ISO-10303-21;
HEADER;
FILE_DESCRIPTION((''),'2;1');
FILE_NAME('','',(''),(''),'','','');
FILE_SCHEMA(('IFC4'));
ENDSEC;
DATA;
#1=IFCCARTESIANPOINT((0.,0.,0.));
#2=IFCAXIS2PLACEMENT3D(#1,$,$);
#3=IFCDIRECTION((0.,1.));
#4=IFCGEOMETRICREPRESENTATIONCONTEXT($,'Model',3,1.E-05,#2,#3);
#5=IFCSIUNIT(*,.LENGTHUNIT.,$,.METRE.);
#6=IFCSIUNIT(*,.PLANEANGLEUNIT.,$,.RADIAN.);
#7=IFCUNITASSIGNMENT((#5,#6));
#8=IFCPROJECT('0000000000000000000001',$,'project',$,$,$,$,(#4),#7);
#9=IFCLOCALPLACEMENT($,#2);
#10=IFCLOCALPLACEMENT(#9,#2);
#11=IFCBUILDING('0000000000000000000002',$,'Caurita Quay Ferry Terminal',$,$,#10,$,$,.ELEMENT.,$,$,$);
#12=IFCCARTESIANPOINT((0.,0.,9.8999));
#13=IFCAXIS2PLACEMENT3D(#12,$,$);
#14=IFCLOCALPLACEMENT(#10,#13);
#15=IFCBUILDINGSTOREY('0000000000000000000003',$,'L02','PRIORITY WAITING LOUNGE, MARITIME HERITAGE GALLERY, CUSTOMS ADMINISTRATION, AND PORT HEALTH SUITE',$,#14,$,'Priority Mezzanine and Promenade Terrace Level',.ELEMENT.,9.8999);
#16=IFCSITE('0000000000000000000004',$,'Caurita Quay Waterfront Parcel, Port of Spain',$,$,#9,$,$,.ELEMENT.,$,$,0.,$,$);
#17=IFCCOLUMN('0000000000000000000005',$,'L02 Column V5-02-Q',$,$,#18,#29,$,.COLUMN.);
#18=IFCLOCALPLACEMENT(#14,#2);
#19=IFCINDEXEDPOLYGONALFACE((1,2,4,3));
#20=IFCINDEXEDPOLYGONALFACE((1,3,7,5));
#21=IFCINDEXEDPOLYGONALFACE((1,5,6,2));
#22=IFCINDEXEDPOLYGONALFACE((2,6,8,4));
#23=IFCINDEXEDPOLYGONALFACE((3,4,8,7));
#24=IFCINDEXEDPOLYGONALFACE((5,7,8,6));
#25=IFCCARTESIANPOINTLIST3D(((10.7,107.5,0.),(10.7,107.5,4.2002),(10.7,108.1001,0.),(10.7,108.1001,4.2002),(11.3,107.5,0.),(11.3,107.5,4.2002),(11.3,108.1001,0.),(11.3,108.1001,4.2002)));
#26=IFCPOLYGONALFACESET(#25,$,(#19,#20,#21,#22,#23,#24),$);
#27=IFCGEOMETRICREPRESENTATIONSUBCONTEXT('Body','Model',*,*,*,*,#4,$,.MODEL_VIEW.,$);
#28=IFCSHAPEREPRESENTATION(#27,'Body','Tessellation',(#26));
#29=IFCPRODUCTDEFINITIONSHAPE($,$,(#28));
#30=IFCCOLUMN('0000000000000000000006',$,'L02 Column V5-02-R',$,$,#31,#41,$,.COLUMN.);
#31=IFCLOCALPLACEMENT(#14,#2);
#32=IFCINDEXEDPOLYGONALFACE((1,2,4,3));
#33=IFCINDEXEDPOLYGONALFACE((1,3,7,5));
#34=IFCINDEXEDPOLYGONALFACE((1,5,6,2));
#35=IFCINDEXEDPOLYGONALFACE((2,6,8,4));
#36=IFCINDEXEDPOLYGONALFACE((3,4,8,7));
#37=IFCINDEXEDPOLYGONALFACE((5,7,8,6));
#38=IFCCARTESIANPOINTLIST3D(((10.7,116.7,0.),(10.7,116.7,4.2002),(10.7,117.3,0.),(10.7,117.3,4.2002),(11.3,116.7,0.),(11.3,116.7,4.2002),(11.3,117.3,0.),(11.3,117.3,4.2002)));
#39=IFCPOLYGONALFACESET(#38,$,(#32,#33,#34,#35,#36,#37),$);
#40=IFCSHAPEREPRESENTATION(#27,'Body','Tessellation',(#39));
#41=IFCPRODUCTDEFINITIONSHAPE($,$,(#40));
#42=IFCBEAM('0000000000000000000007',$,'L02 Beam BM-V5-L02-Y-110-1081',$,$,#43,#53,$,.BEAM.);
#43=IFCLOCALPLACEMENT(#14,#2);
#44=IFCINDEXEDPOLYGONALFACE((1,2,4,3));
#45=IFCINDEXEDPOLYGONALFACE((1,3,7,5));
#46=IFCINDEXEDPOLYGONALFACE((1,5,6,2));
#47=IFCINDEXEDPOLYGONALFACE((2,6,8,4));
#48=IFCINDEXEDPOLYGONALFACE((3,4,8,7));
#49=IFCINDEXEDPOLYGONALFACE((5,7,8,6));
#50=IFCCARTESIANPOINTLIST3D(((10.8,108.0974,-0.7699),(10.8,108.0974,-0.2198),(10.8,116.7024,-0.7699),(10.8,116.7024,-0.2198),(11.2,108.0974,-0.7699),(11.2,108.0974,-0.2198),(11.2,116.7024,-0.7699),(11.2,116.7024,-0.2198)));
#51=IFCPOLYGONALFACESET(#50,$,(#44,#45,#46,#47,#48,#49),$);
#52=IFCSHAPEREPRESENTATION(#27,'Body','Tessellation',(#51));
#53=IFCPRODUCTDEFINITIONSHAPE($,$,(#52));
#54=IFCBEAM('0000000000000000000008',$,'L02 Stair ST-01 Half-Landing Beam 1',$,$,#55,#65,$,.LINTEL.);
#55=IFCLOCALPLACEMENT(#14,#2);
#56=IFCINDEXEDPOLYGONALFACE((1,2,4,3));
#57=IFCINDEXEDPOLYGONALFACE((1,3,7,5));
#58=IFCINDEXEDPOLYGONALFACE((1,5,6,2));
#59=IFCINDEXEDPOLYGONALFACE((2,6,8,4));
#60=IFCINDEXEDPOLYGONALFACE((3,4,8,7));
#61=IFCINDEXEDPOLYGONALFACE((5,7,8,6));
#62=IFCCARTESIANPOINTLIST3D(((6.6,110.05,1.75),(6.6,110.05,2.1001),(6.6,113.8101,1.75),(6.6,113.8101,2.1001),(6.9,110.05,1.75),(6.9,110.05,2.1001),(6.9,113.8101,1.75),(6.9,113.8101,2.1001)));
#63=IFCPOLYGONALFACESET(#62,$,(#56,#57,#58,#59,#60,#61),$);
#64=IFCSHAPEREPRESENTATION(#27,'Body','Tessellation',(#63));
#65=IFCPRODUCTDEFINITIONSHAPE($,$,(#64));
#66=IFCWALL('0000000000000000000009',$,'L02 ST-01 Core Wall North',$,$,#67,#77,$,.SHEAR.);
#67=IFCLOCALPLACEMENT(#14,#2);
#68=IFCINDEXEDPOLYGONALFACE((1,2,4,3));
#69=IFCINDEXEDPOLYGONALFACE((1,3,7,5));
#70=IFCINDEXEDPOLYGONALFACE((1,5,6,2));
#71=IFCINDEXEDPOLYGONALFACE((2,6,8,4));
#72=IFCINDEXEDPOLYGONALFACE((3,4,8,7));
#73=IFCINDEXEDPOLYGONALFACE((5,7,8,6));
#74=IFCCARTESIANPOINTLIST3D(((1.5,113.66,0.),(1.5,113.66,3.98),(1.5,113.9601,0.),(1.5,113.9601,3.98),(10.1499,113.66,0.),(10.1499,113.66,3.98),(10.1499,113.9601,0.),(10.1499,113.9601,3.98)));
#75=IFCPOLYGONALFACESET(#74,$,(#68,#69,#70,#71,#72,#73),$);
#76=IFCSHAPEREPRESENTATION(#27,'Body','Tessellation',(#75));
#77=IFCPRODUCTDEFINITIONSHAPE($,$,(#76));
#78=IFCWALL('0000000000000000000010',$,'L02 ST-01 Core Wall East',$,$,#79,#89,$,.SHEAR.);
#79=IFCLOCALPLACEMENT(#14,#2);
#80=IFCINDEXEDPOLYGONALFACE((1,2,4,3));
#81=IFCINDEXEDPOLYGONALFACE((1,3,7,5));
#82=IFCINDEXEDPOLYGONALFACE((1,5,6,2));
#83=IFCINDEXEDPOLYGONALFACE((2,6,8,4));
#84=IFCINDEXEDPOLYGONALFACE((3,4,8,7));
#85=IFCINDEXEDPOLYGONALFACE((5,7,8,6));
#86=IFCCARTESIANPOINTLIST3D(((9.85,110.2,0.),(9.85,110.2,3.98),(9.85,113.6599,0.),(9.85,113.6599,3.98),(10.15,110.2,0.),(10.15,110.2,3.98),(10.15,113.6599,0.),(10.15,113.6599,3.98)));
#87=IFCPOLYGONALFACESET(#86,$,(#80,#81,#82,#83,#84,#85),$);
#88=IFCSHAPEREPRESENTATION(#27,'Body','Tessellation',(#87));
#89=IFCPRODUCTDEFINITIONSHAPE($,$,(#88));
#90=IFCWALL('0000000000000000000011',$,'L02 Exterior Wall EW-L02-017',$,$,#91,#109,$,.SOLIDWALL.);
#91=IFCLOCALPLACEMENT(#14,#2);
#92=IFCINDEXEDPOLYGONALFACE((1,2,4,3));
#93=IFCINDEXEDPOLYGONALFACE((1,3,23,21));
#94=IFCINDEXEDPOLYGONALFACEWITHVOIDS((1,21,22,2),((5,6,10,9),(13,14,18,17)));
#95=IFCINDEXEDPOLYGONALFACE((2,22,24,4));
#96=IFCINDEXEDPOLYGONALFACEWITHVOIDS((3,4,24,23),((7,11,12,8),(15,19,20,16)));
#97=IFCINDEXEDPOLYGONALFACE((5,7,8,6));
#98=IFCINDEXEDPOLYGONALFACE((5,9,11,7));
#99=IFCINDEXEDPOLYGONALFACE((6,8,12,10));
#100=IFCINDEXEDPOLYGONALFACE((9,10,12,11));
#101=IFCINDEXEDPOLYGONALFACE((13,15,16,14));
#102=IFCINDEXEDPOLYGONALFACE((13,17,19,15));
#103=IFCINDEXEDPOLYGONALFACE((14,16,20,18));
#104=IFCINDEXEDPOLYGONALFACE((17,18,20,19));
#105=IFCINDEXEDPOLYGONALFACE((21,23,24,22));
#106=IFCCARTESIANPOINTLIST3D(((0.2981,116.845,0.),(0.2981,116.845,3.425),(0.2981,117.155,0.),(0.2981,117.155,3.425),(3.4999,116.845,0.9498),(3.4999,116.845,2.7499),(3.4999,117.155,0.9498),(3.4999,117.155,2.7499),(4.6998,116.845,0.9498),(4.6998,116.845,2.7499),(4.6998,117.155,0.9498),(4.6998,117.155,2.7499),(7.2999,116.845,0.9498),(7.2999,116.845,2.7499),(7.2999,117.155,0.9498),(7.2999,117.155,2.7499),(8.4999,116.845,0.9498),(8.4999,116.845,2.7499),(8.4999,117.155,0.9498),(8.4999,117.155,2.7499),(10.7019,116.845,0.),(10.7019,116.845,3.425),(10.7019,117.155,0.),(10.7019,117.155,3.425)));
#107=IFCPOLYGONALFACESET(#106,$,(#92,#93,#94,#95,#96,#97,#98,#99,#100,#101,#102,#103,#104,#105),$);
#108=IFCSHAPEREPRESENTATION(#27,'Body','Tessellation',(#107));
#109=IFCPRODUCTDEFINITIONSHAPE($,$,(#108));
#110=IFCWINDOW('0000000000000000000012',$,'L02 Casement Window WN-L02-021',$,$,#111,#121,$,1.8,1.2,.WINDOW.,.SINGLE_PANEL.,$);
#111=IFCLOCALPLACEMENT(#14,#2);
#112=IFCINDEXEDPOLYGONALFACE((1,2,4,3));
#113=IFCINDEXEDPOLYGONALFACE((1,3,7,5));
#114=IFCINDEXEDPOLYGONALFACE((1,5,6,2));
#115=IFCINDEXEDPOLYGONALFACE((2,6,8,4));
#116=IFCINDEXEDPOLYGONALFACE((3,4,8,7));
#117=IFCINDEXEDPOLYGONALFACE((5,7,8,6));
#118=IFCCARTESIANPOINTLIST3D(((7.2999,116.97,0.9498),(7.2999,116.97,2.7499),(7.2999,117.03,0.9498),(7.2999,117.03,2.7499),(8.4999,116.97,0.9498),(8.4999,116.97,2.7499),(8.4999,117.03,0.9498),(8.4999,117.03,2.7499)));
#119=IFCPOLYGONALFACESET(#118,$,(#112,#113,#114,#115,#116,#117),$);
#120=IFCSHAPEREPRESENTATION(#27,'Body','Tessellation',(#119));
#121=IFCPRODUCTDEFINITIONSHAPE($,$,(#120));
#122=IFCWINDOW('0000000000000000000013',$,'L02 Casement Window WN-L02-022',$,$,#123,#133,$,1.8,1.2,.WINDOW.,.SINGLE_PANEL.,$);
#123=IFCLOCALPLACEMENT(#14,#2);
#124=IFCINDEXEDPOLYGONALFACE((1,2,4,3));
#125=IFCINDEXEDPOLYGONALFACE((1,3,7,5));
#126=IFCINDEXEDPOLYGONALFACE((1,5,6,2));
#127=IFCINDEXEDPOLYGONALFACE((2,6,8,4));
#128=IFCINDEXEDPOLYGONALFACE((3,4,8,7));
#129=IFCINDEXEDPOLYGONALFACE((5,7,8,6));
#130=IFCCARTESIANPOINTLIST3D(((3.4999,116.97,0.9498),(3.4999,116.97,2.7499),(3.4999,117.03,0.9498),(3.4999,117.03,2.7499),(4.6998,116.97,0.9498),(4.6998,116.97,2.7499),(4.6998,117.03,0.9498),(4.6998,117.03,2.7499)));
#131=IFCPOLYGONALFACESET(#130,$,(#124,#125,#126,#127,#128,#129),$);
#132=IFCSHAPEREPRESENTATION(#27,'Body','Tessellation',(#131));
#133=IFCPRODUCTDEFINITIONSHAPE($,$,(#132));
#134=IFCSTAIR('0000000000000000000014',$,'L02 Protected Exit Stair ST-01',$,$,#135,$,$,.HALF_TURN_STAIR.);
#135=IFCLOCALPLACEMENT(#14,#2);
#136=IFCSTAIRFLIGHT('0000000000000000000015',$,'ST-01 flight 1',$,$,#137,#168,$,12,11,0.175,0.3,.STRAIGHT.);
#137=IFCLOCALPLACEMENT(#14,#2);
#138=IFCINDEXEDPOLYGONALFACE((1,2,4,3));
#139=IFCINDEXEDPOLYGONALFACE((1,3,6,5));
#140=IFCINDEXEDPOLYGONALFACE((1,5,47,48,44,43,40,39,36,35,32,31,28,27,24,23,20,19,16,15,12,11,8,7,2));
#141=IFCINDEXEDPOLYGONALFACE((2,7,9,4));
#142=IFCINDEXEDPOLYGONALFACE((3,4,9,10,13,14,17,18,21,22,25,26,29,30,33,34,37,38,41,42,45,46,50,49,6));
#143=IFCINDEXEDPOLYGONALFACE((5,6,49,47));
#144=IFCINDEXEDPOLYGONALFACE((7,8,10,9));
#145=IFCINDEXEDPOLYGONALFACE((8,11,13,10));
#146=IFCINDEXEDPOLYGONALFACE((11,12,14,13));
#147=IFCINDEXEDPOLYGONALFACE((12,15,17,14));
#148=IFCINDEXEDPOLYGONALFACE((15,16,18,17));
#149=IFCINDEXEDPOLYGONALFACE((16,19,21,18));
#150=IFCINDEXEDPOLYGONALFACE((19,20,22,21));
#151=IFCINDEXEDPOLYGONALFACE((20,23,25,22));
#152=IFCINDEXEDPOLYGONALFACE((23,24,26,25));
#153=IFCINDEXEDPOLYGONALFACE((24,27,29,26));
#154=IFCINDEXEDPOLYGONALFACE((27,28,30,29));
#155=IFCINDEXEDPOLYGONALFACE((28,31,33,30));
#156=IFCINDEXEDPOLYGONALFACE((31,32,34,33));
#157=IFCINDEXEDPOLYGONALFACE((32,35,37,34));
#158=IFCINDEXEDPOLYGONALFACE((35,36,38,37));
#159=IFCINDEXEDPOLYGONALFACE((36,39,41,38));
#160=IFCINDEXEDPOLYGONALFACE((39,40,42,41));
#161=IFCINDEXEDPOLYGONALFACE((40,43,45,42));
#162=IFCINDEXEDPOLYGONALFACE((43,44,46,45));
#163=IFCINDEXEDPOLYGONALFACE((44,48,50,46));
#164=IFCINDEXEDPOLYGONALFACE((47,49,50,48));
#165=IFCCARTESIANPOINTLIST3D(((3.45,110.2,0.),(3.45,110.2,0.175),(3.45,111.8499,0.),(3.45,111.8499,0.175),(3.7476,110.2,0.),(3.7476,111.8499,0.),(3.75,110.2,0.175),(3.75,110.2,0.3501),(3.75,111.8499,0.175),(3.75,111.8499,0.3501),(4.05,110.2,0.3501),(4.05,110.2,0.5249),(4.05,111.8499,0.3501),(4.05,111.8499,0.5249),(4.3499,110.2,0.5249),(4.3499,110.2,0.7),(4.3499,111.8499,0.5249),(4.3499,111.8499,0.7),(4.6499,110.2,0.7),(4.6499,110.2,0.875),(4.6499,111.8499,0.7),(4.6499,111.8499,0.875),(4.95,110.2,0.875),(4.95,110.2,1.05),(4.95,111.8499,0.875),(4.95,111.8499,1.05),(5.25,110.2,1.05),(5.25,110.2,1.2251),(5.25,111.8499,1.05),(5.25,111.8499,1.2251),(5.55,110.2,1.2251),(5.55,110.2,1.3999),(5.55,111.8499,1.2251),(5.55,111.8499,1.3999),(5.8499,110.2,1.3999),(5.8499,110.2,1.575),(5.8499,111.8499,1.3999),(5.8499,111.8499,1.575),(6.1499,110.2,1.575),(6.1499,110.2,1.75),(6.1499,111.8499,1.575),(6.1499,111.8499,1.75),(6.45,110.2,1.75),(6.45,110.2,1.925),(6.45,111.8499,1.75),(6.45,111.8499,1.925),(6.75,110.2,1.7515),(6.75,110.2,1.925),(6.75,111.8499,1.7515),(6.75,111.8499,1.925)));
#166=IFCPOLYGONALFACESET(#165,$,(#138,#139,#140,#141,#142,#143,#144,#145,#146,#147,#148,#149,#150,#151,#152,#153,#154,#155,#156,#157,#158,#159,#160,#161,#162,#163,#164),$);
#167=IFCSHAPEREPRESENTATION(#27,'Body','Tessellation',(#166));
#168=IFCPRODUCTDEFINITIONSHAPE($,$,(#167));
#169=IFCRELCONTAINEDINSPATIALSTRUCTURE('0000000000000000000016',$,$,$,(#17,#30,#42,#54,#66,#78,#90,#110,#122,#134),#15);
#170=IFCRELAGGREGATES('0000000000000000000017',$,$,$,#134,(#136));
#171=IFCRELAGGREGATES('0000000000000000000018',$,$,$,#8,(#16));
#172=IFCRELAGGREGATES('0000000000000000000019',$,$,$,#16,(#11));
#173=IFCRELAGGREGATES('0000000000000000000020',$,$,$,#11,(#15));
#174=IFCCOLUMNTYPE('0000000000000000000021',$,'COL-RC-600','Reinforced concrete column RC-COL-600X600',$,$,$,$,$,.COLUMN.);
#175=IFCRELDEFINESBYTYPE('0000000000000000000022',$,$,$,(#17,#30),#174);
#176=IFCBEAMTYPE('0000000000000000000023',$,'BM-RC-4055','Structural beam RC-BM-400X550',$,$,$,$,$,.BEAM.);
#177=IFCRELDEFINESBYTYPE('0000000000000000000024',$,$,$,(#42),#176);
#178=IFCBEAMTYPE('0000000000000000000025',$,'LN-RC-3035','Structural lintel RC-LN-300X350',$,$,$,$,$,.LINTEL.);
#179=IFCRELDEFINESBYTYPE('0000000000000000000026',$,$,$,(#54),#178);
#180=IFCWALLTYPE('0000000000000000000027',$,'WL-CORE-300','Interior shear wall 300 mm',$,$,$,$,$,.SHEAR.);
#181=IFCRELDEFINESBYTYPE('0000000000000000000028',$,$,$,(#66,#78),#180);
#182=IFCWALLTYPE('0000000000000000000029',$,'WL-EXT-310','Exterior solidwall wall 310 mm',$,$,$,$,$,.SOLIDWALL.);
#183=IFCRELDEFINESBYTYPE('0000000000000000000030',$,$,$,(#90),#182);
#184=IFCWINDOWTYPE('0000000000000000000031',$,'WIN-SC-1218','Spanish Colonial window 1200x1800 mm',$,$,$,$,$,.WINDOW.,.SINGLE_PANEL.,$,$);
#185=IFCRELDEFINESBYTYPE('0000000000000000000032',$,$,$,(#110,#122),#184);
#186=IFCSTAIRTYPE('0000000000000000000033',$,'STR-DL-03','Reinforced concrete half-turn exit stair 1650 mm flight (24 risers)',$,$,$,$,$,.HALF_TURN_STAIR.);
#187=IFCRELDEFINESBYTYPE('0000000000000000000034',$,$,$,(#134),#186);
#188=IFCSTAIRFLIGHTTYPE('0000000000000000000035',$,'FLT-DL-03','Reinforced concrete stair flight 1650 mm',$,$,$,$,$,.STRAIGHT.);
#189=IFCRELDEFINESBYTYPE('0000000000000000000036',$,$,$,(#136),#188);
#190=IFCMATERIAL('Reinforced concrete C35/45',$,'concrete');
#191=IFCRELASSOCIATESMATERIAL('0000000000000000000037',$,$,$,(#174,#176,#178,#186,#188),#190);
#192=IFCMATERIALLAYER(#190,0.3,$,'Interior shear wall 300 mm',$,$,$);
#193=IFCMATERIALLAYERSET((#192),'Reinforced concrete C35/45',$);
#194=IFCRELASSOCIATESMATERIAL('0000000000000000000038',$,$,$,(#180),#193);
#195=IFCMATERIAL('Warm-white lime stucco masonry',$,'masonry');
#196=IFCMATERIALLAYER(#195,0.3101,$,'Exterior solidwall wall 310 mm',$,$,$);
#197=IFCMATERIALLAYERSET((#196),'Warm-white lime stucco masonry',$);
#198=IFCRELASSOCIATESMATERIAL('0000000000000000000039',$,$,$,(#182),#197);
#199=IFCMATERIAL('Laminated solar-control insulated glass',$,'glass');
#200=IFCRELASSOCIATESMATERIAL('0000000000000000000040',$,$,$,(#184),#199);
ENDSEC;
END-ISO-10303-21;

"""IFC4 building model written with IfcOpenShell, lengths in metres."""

from ifc_helpers import new_model, si_unit, direction, frame, frame_2d, origin, origin_2d, place, context, subcontext, project, spatial, polyline, rectangle, outline, extrude, material, layer, layer_set, material_profile, profile_set, type_object, element, fill, aggregate, save


model = new_model("IFC4")

# Units and contexts
model_context = context("Model", 3, precision=1e-05, world=origin(), true_north=direction((0.0, 1.0)))
body_context = subcontext(model_context, "Body", "Model", "MODEL_VIEW")
ifc_project = project(units=[si_unit("LENGTHUNIT", "METRE"), si_unit("PLANEANGLEUNIT", "RADIAN")], contexts=[model_context])

# Site, building, storey
site_placement = place(None, origin())
site = spatial("IfcSite", under=ifc_project, at=site_placement, Name="Caurita Quay Waterfront Parcel, Port of Spain", CompositionType="ELEMENT", RefElevation=0.0)
building_placement = place(site_placement, origin())
building = spatial("IfcBuilding", under=site, at=building_placement, Name="Caurita Quay Ferry Terminal", CompositionType="ELEMENT")
storey_placement = place(building_placement, frame((0.0, 0.0, 9.8999)))
storey = spatial("IfcBuildingStorey", under=building, at=storey_placement, Name="L02", Description="PRIORITY WAITING LOUNGE, MARITIME HERITAGE GALLERY, CUSTOMS ADMINISTRATION, AND PORT HEALTH SUITE", LongName="Priority Mezzanine and Promenade Terrace Level", CompositionType="ELEMENT", Elevation=9.8999)

# Columns
ifc_material_1 = material(Name="Reinforced concrete C35/45", Category="concrete")
ifc_material_profile_1 = material_profile(ifc_material_1, rectangle(XDim=0.6001, YDim=0.6001, at=origin_2d()), Name="RC-COL-600X600")
ifc_profile_set_1 = profile_set([ifc_material_profile_1], Name="Reinforced concrete C35/45")
column_type = type_object("IfcColumnType", Name="COL-RC-600", Description="Reinforced concrete column RC-COL-600X600", PredefinedType="COLUMN", material=ifc_profile_set_1)
for number, where, z_axis, x_axis, name in (
    (1, (11.0, 107.8, 0.0), (0.0, 0.0, 1.0), (1.0, 0.0, 0.0), "L02 Column V5-02-Q"),
    (2, (11.0, 117.0, 0.0), (0.0, 0.0, 1.0), (1.0, 0.0, 0.0), "L02 Column V5-02-R"),
):
    element("IfcColumn", number, at=place(storey_placement, frame(where, z_axis=z_axis, x_axis=x_axis)), inside=storey, type_object=column_type, Name=name, PredefinedType="COLUMN", context=body_context, shape_type="SweptSolid", body=[
        extrude(rectangle(XDim=0.6001, YDim=0.6001, at=origin_2d()), origin(), (0.0, 0.0, 1.0), 4.2002),
    ])

# Beams
ifc_material_profile_2 = material_profile(ifc_material_1, rectangle(XDim=0.3999, YDim=0.55, at=origin_2d()), Name="RC-BM-400X550")
ifc_profile_set_2 = profile_set([ifc_material_profile_2], Name="Reinforced concrete C35/45")
beam_type_1 = type_object("IfcBeamType", Name="BM-RC-4055", Description="Structural beam RC-BM-400X550", PredefinedType="BEAM", material=ifc_profile_set_2)
beam_1_placement = place(storey_placement, frame((11.0, 108.0974, -0.4949), z_axis=(0.0, 1.0, 0.0), x_axis=(-1.0, 0.0, 0.0)))
element("IfcBeam", 3, at=beam_1_placement, inside=storey, type_object=beam_type_1, Name="L02 Beam BM-V5-L02-Y-110-1081", PredefinedType="BEAM", context=body_context, shape_type="SweptSolid", body=[
    extrude(rectangle(XDim=0.3999, YDim=0.55, at=origin_2d()), origin(), (0.0, 0.0, 1.0), 8.605),
])
ifc_material_profile_3 = material_profile(ifc_material_1, rectangle(XDim=0.3, YDim=0.3501, at=origin_2d()), Name="RC-LN-300X350")
ifc_profile_set_3 = profile_set([ifc_material_profile_3], Name="Reinforced concrete C35/45")
beam_type_2 = type_object("IfcBeamType", Name="LN-RC-3035", Description="Structural lintel RC-LN-300X350", PredefinedType="LINTEL", material=ifc_profile_set_3)
beam_2_placement = place(storey_placement, frame((6.75, 110.05, 1.925), z_axis=(0.0, 1.0, 0.0), x_axis=(-1.0, 0.0, 0.0)))
element("IfcBeam", 4, at=beam_2_placement, inside=storey, type_object=beam_type_2, Name="L02 Stair ST-01 Half-Landing Beam 1", PredefinedType="LINTEL", context=body_context, shape_type="SweptSolid", body=[
    extrude(rectangle(XDim=0.3, YDim=0.3501, at=origin_2d()), origin(), (0.0, 0.0, 1.0), 3.76),
])

# Walls
ifc_layer_1 = layer(ifc_material_1, 0.3, Name="Interior shear wall 300 mm")
ifc_layer_set_1 = layer_set([ifc_layer_1], Name="Reinforced concrete C35/45")
wall_type_1 = type_object("IfcWallType", Name="WL-CORE-300", Description="Interior shear wall 300 mm", PredefinedType="SHEAR", material=ifc_layer_set_1)
wall_1_placement = place(storey_placement, frame((10.1499, 113.8101, 0.0), z_axis=(0.0, 0.0, 1.0), x_axis=(-1.0, 0.0, 0.0)))
element("IfcWall", 5, at=wall_1_placement, inside=storey, type_object=wall_type_1, Name="L02 ST-01 Core Wall North", PredefinedType="SHEAR", context=body_context, shape_type="SweptSolid", body=[
    extrude(rectangle(XDim=8.6499, YDim=0.3, at=frame_2d((4.325, 0.0))), origin(), (0.0, 0.0, 1.0), 3.98),
])
wall_2_placement = place(storey_placement, frame((10.0, 110.2, 0.0), z_axis=(0.0, 0.0, 1.0), x_axis=(0.0, 1.0, 0.0)))
element("IfcWall", 6, at=wall_2_placement, inside=storey, type_object=wall_type_1, Name="L02 ST-01 Core Wall East", PredefinedType="SHEAR", context=body_context, shape_type="SweptSolid", body=[
    extrude(rectangle(XDim=3.46, YDim=0.3, at=frame_2d((1.73, 0.0))), origin(), (0.0, 0.0, 1.0), 3.98),
])

# Wall, openings, windows
ifc_material_2 = material(Name="Warm-white lime stucco masonry", Category="masonry")
ifc_layer_2 = layer(ifc_material_2, 0.3101, Name="Exterior solidwall wall 310 mm")
ifc_layer_set_2 = layer_set([ifc_layer_2], Name="Warm-white lime stucco masonry")
wall_type_2 = type_object("IfcWallType", Name="WL-EXT-310", Description="Exterior solidwall wall 310 mm", PredefinedType="SOLIDWALL", material=ifc_layer_set_2)
wall_3_placement = place(storey_placement, frame((10.7019, 117.0, 0.0), z_axis=(0.0, 0.0, 1.0), x_axis=(-1.0, 0.0, 0.0)))
wall_3 = element("IfcWall", 7, at=wall_3_placement, inside=storey, type_object=wall_type_2, Name="L02 Exterior Wall EW-L02-017", PredefinedType="SOLIDWALL", context=body_context, shape_type="SweptSolid", body=[
    extrude(rectangle(XDim=10.4038, YDim=0.3101, at=frame_2d((5.2019, 0.0))), origin(), (0.0, 0.0, 1.0), 3.425),
])
opening_1_placement = place(wall_3_placement, frame((2.2019, 0.0, 0.95)))
opening_1 = element("IfcOpeningElement", 8, at=opening_1_placement, cuts=wall_3, PredefinedType="OPENING", context=body_context, shape_type="SweptSolid", body=[
    extrude(rectangle(XDim=1.2, YDim=1.8, at=frame_2d((0.6001, 0.8999))), frame((0.0, 0.165, 0.0), z_axis=(0.0, -1.0, 0.0), x_axis=(1.0, 0.0, 0.0)), (0.0, 0.0, 1.0), 0.3301),
])
opening_2_placement = place(wall_3_placement, frame((6.002, 0.0, 0.95)))
opening_2 = element("IfcOpeningElement", 9, at=opening_2_placement, cuts=wall_3, PredefinedType="OPENING", context=body_context, shape_type="SweptSolid", body=[
    extrude(rectangle(XDim=1.2, YDim=1.8, at=frame_2d((0.6001, 0.8999))), frame((0.0, 0.165, 0.0), z_axis=(0.0, -1.0, 0.0), x_axis=(1.0, 0.0, 0.0)), (0.0, 0.0, 1.0), 0.3301),
])
ifc_material_3 = material(Name="Laminated solar-control insulated glass", Category="glass")
window_type = type_object("IfcWindowType", Name="WIN-SC-1218", Description="Spanish Colonial window 1200x1800 mm", PartitioningType="SINGLE_PANEL", PredefinedType="WINDOW", material=ifc_material_3)
window_1_placement = place(opening_1_placement, origin())
window_1 = element("IfcWindow", 10, at=window_1_placement, inside=storey, type_object=window_type, Name="L02 Casement Window WN-L02-021", OverallHeight=1.8, OverallWidth=1.2, PartitioningType="SINGLE_PANEL", PredefinedType="WINDOW", context=body_context, shape_type="SweptSolid", body=[
    extrude(rectangle(XDim=1.2, YDim=1.8, at=frame_2d((0.6001, 0.8999))), frame((0.0, 0.03, 0.0), z_axis=(0.0, -1.0, 0.0), x_axis=(1.0, 0.0, 0.0)), (0.0, 0.0, 1.0), 0.0601),
])
fill(opening_1, window_1)
window_2_placement = place(opening_2_placement, origin())
window_2 = element("IfcWindow", 11, at=window_2_placement, inside=storey, type_object=window_type, Name="L02 Casement Window WN-L02-022", OverallHeight=1.8, OverallWidth=1.2, PartitioningType="SINGLE_PANEL", PredefinedType="WINDOW", context=body_context, shape_type="SweptSolid", body=[
    extrude(rectangle(XDim=1.2, YDim=1.8, at=frame_2d((0.6001, 0.8999))), frame((0.0, 0.03, 0.0), z_axis=(0.0, -1.0, 0.0), x_axis=(1.0, 0.0, 0.0)), (0.0, 0.0, 1.0), 0.0601),
])
fill(opening_2, window_2)

# Stair, stair flight
stair_type = type_object("IfcStairType", Name="STR-DL-03", Description="Reinforced concrete half-turn exit stair 1650 mm flight (24 risers)", PredefinedType="HALF_TURN_STAIR", material=ifc_material_1)
stair_placement = place(storey_placement, origin())
stair = element("IfcStair", 12, at=stair_placement, inside=storey, type_object=stair_type, Name="L02 Protected Exit Stair ST-01", PredefinedType="HALF_TURN_STAIR")
stair_flight_type = type_object("IfcStairFlightType", Name="FLT-DL-03", Description="Reinforced concrete stair flight 1650 mm", PredefinedType="STRAIGHT", material=ifc_material_1)
stair_flight_1_placement = place(storey_placement, frame((3.45, 111.0249, 0.0), z_axis=(0.0, 0.0, 1.0), x_axis=(1.0, 0.0, 0.0)))
stair_flight_1 = element("IfcStairFlight", 13, at=stair_flight_1_placement, type_object=stair_flight_type, Name="ST-01 flight 1", NumberOfRisers=12, NumberOfTreads=11, PredefinedType="STRAIGHT", RiserHeight=0.175, TreadLength=0.3, context=body_context, shape_type="SweptSolid", body=[
    extrude(outline(polyline([(0.0, 0.0), (0.0, 0.175), (0.3, 0.175), (0.3, 0.3501), (0.6001, 0.3501), (0.6001, 0.5249), (0.8999, 0.5249), (0.8999, 0.7), (1.2, 0.7), (1.2, 0.875), (1.5, 0.875), (1.5, 1.05), (1.8, 1.05), (1.8, 1.2251), (2.1001, 1.2251), (2.1001, 1.3999), (2.3999, 1.3999), (2.3999, 1.575), (2.7, 1.575), (2.7, 1.75), (3.0, 1.75), (3.0, 1.925), (3.3, 1.925), (3.3, 2.1001), (3.3, 1.7515), (0.2976, 0.0), (0.0, 0.0)])), frame((0.0, 0.825, 0.0), z_axis=(0.0, -1.0, 0.0), x_axis=(1.0, 0.0, 0.0)), (0.0, 0.0, 1.0), 1.6499),
])
aggregate(stair, [stair_flight_1])

save(model, "model.ifc")
